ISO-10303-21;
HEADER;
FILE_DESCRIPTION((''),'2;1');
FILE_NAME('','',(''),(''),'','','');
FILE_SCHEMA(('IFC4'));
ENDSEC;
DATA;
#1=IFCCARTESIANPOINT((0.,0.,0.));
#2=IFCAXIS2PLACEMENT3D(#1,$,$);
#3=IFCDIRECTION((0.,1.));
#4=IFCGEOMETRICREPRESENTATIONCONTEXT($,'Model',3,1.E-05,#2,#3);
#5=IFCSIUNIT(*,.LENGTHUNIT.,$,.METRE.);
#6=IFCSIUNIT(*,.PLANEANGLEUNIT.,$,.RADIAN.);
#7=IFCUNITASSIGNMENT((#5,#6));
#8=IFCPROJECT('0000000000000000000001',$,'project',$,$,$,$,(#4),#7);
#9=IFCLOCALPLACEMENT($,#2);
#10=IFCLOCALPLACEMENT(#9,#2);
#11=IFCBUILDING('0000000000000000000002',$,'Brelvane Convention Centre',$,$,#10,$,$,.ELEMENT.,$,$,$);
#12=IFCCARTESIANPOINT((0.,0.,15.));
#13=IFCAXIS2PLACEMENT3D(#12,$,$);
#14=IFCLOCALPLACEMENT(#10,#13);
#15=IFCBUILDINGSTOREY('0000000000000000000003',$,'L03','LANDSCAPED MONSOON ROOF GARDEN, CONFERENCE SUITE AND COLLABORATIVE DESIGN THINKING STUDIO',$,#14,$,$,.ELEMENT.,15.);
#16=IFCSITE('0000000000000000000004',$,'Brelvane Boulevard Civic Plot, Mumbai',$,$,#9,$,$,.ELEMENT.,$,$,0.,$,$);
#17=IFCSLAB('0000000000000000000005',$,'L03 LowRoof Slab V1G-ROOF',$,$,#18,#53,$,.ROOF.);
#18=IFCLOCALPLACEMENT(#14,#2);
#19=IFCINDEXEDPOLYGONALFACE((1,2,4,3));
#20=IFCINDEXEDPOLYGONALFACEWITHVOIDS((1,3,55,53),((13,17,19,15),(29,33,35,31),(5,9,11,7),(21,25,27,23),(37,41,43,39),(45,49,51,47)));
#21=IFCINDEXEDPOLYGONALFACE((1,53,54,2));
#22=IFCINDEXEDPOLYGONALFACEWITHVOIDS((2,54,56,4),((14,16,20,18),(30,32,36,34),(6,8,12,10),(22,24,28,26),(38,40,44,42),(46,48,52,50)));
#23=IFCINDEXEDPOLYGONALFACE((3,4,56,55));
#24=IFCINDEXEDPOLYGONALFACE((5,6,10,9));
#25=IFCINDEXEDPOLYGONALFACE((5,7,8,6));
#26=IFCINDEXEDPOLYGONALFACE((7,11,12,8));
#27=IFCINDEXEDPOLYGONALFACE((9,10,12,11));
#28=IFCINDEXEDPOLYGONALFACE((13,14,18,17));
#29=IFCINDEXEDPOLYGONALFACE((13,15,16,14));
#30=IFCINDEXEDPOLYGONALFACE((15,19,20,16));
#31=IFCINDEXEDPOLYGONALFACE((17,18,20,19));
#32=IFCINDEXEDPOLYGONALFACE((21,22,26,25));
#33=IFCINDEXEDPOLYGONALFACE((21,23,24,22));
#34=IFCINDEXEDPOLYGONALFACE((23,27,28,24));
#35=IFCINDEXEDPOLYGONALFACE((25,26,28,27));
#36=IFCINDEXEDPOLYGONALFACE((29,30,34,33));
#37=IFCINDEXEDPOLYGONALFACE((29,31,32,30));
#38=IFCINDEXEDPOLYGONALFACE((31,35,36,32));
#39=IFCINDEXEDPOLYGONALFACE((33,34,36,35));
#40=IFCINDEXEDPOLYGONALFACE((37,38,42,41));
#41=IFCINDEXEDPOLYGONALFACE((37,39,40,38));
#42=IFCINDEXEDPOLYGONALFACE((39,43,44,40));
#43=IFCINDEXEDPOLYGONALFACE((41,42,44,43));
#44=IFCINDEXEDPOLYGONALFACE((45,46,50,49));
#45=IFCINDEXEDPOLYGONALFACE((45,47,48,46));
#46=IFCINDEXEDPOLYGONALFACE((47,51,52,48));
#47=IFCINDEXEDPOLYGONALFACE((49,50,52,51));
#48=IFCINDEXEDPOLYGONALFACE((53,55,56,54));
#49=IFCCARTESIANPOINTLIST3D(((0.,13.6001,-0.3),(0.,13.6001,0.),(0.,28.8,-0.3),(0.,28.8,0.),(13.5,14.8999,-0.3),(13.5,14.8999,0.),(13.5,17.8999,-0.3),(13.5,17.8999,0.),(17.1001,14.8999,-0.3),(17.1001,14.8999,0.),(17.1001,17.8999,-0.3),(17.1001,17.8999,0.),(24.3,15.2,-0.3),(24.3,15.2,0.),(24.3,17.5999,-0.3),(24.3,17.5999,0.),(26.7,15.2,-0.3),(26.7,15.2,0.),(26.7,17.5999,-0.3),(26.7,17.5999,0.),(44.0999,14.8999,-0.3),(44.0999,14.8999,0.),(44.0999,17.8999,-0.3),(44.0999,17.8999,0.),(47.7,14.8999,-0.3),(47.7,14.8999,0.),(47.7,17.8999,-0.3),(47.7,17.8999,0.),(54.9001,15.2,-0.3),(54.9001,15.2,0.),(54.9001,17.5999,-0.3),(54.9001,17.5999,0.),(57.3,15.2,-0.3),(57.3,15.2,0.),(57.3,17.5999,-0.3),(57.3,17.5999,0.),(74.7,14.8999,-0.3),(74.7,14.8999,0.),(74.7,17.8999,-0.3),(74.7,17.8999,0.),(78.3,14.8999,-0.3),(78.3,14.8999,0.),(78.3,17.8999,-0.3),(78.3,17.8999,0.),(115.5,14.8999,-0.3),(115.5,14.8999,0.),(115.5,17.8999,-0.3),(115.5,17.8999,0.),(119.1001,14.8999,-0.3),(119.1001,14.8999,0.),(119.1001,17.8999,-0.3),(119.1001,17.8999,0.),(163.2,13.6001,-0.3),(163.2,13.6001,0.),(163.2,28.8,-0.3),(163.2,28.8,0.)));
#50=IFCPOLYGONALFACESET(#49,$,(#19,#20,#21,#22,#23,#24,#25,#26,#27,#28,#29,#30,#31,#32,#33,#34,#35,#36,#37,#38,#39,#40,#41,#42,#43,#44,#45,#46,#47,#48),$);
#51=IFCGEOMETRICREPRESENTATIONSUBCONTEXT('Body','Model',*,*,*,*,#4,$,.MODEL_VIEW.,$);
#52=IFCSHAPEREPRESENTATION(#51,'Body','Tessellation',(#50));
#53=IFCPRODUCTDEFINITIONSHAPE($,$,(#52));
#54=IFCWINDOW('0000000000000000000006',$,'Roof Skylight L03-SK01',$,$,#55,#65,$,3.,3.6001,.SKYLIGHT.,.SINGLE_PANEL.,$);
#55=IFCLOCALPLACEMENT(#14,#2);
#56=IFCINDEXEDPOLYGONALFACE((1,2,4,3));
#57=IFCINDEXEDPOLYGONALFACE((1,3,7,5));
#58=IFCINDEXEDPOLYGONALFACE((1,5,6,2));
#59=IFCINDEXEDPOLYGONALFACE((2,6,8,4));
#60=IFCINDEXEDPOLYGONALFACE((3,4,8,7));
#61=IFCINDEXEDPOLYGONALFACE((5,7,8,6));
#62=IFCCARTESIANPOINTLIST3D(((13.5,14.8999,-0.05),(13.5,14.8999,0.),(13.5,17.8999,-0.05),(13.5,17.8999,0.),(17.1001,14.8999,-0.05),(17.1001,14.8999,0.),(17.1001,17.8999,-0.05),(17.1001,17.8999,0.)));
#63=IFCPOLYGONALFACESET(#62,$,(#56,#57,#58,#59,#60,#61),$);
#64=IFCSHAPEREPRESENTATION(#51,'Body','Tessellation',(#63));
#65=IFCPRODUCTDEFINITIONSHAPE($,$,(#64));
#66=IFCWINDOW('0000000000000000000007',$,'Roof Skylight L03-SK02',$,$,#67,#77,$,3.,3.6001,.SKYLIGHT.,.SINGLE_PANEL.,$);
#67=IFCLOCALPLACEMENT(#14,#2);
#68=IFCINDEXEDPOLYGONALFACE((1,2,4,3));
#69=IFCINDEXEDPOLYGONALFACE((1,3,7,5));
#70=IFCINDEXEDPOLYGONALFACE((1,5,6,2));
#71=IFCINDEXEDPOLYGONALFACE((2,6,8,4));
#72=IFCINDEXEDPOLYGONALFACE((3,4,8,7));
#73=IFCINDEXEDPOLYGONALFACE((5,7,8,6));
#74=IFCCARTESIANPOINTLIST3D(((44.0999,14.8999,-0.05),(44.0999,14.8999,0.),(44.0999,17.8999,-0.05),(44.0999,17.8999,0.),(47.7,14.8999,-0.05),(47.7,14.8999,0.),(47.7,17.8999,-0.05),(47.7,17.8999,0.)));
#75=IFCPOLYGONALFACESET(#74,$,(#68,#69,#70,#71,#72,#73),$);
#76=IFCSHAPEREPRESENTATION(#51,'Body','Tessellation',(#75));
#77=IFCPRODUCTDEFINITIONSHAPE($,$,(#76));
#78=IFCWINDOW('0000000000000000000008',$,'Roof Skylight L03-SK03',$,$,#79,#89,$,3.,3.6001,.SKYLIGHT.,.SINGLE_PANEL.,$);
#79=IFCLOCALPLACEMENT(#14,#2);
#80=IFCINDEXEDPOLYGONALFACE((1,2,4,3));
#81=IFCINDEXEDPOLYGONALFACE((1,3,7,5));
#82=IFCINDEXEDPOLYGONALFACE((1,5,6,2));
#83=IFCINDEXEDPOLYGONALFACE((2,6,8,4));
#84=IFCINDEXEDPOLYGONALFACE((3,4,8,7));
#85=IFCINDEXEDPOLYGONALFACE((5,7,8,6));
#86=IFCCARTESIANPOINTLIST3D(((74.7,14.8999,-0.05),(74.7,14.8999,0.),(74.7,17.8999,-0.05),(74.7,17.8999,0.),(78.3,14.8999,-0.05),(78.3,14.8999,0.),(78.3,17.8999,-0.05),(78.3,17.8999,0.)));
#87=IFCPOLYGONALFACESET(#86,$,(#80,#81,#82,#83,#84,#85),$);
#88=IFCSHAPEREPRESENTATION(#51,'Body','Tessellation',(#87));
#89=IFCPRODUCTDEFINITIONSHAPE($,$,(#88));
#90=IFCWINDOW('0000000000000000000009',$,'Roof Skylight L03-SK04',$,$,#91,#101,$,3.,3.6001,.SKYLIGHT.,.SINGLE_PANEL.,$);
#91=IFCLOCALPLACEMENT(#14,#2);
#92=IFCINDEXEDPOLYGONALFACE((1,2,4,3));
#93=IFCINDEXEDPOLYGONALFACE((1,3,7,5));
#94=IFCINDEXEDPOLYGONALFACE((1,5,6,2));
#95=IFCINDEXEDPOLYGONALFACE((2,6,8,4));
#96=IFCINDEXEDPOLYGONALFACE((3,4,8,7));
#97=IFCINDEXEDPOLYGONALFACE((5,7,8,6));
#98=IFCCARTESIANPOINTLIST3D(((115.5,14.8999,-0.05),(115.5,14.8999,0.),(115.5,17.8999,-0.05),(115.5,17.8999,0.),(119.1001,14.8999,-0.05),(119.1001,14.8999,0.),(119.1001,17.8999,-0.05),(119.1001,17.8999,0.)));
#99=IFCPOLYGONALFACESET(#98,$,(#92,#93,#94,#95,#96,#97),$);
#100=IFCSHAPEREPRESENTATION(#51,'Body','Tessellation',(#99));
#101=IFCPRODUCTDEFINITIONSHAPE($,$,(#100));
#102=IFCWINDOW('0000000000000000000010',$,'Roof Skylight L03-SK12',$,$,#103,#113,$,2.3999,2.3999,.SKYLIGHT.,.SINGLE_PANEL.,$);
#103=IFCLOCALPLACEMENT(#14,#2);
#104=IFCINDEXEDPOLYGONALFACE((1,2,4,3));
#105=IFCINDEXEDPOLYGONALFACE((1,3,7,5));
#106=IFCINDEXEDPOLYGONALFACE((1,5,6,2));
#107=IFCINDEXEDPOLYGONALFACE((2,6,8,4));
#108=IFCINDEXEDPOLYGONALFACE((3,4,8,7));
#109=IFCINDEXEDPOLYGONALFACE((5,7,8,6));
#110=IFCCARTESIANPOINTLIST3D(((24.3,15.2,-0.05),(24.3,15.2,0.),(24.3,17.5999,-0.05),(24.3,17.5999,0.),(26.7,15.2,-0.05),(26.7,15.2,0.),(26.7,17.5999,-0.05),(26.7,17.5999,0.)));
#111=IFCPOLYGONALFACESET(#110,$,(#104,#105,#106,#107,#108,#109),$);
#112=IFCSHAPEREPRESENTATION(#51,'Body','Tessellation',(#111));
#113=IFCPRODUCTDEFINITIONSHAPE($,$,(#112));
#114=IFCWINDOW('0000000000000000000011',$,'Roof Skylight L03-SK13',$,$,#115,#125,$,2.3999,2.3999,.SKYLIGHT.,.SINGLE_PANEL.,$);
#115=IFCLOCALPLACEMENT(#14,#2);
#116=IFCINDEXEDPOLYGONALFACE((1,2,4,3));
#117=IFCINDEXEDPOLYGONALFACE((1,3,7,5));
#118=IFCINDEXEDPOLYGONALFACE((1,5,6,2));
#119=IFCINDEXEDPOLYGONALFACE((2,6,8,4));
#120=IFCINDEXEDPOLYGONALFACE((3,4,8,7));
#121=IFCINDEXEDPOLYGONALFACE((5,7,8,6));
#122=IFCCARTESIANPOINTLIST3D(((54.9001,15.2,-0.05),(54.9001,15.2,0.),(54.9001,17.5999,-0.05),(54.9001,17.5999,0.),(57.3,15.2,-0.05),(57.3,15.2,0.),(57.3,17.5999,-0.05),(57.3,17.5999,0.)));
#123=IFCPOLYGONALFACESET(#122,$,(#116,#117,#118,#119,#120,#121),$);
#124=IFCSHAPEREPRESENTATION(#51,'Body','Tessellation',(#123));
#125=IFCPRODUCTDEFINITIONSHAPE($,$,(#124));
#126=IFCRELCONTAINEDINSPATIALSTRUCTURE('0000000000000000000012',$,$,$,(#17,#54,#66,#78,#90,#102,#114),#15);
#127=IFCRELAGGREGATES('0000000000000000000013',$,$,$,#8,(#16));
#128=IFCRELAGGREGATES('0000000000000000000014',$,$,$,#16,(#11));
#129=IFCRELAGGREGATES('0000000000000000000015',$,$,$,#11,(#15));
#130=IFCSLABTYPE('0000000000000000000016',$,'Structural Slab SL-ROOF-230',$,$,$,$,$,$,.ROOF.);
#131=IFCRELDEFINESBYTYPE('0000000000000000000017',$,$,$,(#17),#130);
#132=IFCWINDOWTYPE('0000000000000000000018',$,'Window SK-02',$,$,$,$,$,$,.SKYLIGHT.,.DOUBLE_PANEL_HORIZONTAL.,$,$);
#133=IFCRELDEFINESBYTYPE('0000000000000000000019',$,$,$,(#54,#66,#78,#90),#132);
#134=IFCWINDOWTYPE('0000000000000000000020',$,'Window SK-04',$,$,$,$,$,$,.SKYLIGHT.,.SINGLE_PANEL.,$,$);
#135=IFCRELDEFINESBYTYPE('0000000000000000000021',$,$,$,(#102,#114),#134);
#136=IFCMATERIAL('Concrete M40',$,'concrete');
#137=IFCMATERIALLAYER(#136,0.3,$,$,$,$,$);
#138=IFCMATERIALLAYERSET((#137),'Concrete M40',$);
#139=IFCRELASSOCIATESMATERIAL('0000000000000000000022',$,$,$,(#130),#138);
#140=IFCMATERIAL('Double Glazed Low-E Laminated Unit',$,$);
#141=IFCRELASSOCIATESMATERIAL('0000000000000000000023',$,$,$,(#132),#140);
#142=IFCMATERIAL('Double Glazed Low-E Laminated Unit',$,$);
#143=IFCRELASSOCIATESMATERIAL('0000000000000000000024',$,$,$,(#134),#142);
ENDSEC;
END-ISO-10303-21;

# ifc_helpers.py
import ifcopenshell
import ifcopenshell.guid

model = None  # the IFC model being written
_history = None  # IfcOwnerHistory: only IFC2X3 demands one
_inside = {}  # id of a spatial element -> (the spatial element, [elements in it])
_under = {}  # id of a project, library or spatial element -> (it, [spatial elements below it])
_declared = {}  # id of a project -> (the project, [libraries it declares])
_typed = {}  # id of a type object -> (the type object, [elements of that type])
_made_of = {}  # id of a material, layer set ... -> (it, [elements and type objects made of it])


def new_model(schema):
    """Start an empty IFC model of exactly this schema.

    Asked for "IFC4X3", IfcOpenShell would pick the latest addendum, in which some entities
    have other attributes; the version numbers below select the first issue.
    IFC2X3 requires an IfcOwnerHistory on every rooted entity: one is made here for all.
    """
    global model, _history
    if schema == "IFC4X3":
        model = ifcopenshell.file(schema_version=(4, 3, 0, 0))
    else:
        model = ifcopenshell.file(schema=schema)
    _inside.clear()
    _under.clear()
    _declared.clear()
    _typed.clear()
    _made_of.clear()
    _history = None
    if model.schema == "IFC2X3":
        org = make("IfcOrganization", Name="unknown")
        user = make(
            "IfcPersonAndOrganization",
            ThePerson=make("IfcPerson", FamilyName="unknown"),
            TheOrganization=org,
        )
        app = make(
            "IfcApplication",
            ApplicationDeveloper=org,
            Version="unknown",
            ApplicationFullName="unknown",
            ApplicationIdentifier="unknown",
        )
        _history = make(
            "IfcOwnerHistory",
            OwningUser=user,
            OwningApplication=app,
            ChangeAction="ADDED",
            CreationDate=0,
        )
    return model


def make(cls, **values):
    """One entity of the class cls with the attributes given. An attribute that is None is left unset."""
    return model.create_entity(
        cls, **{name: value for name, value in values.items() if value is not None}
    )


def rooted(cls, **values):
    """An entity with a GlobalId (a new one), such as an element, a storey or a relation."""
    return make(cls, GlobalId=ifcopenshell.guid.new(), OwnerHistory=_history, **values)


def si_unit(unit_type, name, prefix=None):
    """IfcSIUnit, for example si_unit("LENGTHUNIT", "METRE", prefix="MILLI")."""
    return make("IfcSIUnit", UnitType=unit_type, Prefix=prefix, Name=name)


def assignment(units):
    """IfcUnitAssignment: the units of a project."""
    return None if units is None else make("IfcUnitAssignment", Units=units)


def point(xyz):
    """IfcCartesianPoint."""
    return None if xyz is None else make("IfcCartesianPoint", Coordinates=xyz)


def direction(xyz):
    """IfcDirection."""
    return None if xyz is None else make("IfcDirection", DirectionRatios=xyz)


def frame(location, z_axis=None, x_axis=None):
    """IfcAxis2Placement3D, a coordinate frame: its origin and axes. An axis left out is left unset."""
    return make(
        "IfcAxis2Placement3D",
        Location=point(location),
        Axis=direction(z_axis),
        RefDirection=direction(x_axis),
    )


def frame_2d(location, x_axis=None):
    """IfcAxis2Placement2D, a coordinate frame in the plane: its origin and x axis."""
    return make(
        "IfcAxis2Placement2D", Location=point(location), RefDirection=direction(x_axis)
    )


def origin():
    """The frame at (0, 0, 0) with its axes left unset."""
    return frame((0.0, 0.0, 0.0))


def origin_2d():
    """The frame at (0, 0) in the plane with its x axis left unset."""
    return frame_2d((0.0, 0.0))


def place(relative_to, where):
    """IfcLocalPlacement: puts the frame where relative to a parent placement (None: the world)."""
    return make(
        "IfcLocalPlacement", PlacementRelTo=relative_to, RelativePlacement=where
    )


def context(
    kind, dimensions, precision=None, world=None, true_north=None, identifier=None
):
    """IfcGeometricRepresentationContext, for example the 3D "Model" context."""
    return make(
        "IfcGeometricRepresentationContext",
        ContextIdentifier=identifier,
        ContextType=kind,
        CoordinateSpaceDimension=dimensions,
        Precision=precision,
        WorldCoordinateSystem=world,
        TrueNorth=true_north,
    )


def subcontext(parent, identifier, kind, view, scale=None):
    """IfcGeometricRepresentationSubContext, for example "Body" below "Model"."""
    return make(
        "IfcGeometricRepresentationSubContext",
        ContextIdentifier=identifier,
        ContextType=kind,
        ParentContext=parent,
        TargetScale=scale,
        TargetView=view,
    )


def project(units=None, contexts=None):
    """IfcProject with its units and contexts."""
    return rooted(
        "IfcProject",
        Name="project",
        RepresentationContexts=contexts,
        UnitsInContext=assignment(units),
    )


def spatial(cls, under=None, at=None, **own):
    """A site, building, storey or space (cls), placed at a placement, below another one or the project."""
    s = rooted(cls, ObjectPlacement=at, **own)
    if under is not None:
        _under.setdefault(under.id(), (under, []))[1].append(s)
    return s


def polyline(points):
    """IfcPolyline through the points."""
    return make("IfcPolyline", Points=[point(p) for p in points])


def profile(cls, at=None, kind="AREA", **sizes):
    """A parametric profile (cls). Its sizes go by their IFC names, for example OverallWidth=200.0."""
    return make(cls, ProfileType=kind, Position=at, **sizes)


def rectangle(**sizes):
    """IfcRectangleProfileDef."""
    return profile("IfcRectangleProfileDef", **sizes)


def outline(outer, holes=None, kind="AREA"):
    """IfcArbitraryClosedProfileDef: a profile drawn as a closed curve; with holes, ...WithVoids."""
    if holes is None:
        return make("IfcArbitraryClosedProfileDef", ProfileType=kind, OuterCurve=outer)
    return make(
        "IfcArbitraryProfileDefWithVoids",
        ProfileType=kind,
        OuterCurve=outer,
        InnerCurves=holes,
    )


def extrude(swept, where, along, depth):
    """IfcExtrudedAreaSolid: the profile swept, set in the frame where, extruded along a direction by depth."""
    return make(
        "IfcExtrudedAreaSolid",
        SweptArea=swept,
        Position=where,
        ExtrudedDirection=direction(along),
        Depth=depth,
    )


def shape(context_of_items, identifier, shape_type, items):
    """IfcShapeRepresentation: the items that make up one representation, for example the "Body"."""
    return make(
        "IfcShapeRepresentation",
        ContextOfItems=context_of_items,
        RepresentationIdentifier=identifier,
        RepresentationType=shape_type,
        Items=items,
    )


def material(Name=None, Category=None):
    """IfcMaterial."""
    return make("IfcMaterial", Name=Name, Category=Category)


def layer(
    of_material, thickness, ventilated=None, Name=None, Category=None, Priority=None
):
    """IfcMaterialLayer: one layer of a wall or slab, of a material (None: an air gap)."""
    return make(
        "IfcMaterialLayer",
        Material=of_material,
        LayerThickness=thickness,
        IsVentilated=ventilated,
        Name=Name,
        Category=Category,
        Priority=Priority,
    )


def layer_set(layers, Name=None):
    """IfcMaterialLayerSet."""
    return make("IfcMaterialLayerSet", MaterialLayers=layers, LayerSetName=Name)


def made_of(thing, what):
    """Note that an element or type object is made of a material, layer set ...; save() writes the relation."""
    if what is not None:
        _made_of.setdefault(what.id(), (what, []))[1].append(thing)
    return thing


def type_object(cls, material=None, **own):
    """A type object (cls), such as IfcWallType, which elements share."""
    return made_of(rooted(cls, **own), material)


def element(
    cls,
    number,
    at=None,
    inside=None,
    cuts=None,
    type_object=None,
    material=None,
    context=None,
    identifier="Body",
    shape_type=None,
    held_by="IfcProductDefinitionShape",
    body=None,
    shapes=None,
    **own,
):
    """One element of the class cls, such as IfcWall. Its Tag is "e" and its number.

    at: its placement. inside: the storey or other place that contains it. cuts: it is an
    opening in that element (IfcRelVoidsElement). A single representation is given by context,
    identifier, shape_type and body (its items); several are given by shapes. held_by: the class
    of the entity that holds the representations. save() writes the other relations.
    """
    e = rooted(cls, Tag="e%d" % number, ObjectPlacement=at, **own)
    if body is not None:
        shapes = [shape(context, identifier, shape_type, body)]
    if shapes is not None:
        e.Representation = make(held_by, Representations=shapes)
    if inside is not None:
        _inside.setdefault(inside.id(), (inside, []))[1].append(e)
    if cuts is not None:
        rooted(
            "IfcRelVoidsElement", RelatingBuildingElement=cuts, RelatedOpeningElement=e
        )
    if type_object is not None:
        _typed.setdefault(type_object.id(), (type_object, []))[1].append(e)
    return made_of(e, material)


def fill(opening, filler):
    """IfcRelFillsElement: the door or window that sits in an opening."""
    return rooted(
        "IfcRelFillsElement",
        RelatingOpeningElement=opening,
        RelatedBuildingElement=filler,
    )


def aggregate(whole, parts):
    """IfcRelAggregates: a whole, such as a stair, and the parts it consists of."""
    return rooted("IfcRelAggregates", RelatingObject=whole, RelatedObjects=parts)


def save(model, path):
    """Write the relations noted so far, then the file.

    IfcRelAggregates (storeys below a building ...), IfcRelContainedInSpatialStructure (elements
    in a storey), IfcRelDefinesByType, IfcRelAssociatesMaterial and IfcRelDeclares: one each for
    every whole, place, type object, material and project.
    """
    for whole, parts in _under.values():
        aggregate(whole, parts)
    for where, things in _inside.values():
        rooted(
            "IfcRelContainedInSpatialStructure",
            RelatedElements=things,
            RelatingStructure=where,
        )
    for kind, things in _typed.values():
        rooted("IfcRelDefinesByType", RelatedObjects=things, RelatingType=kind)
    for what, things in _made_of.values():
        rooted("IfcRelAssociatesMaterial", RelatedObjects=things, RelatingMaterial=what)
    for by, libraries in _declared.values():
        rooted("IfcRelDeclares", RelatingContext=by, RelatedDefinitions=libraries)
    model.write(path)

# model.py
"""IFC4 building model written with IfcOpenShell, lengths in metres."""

from ifc_helpers import new_model, si_unit, direction, frame, origin, origin_2d, place, context, subcontext, project, spatial, polyline, rectangle, outline, extrude, material, layer, layer_set, type_object, element, fill, save


model = new_model("IFC4")

# Units and contexts
model_context = context("Model", 3, precision=1e-05, world=origin(), true_north=direction((0.0, 1.0)))
body_context = subcontext(model_context, "Body", "Model", "MODEL_VIEW")
ifc_project = project(units=[si_unit("LENGTHUNIT", "METRE"), si_unit("PLANEANGLEUNIT", "RADIAN")], contexts=[model_context])

# Site, building, storey
site_placement = place(None, origin())
site = spatial("IfcSite", under=ifc_project, at=site_placement, Name="Brelvane Boulevard Civic Plot, Mumbai", CompositionType="ELEMENT", RefElevation=0.0)
building_placement = place(site_placement, origin())
building = spatial("IfcBuilding", under=site, at=building_placement, Name="Brelvane Convention Centre", CompositionType="ELEMENT")
storey_placement = place(building_placement, frame((0.0, 0.0, 15.0)))
storey = spatial("IfcBuildingStorey", under=building, at=storey_placement, Name="L03", Description="LANDSCAPED MONSOON ROOF GARDEN, CONFERENCE SUITE AND COLLABORATIVE DESIGN THINKING STUDIO", CompositionType="ELEMENT", Elevation=15.0)

# Slab, openings, windows
ifc_material_1 = material(Name="Concrete M40", Category="concrete")
ifc_layer_1 = layer(ifc_material_1, 0.3)
ifc_layer_set_1 = layer_set([ifc_layer_1], Name="Concrete M40")
slab_type_1 = type_object("IfcSlabType", Name="Structural Slab SL-ROOF-230", PredefinedType="ROOF", material=ifc_layer_set_1)
slab_1_placement = place(storey_placement, frame((0.0, 0.0, -0.3)))
slab_1 = element("IfcSlab", 1, at=slab_1_placement, inside=storey, type_object=slab_type_1, Name="L03 LowRoof Slab V1G-ROOF", PredefinedType="ROOF", context=body_context, shape_type="SweptSolid", body=[
    extrude(outline(polyline([(0.0, 13.6001), (163.2, 13.6001), (163.2, 28.8), (0.0, 28.8), (0.0, 13.6001)])), origin(), (0.0, 0.0, 1.0), 0.3),
])
opening_1_placement = place(slab_1_placement, frame((15.3, 16.3999, 0.0)))
opening_1 = element("IfcOpeningElement", 2, at=opening_1_placement, cuts=slab_1, PredefinedType="OPENING", context=body_context, shape_type="SweptSolid", body=[
    extrude(rectangle(XDim=3.6001, YDim=3.0, at=origin_2d()), origin(), (0.0, 0.0, 1.0), 0.3),
])
opening_2_placement = place(slab_1_placement, frame((45.8999, 16.3999, 0.0)))
opening_2 = element("IfcOpeningElement", 3, at=opening_2_placement, cuts=slab_1, PredefinedType="OPENING", context=body_context, shape_type="SweptSolid", body=[
    extrude(rectangle(XDim=3.6001, YDim=3.0, at=origin_2d()), origin(), (0.0, 0.0, 1.0), 0.3),
])
opening_3_placement = place(slab_1_placement, frame((76.5, 16.3999, 0.0)))
opening_3 = element("IfcOpeningElement", 4, at=opening_3_placement, cuts=slab_1, PredefinedType="OPENING", context=body_context, shape_type="SweptSolid", body=[
    extrude(rectangle(XDim=3.6001, YDim=3.0, at=origin_2d()), origin(), (0.0, 0.0, 1.0), 0.3),
])
opening_4_placement = place(slab_1_placement, frame((117.3, 16.3999, 0.0)))
opening_4 = element("IfcOpeningElement", 5, at=opening_4_placement, cuts=slab_1, PredefinedType="OPENING", context=body_context, shape_type="SweptSolid", body=[
    extrude(rectangle(XDim=3.6001, YDim=3.0, at=origin_2d()), origin(), (0.0, 0.0, 1.0), 0.3),
])
opening_5_placement = place(slab_1_placement, frame((25.5, 16.3999, 0.0)))
opening_5 = element("IfcOpeningElement", 6, at=opening_5_placement, cuts=slab_1, PredefinedType="OPENING", context=body_context, shape_type="SweptSolid", body=[
    extrude(rectangle(XDim=2.3999, YDim=2.3999, at=origin_2d()), origin(), (0.0, 0.0, 1.0), 0.3),
])
opening_6_placement = place(slab_1_placement, frame((56.1001, 16.3999, 0.0)))
opening_6 = element("IfcOpeningElement", 7, at=opening_6_placement, cuts=slab_1, PredefinedType="OPENING", context=body_context, shape_type="SweptSolid", body=[
    extrude(rectangle(XDim=2.3999, YDim=2.3999, at=origin_2d()), origin(), (0.0, 0.0, 1.0), 0.3),
])
ifc_material_2 = material(Name="Double Glazed Low-E Laminated Unit")
window_type_1 = type_object("IfcWindowType", Name="Window SK-02", PartitioningType="DOUBLE_PANEL_HORIZONTAL", PredefinedType="SKYLIGHT", material=ifc_material_2)
window_1_placement = place(opening_1_placement, frame((0.0, 0.0, 0.25)))
window_1 = element("IfcWindow", 8, at=window_1_placement, inside=storey, type_object=window_type_1, Name="Roof Skylight L03-SK01", OverallHeight=3.0, OverallWidth=3.6001, PartitioningType="SINGLE_PANEL", PredefinedType="SKYLIGHT", context=body_context, shape_type="SweptSolid", body=[
    extrude(rectangle(XDim=3.6001, YDim=3.0, at=origin_2d()), origin(), (0.0, 0.0, 1.0), 0.05),
])
fill(opening_1, window_1)
window_2_placement = place(opening_2_placement, frame((0.0, 0.0, 0.25)))
window_2 = element("IfcWindow", 9, at=window_2_placement, inside=storey, type_object=window_type_1, Name="Roof Skylight L03-SK02", OverallHeight=3.0, OverallWidth=3.6001, PartitioningType="SINGLE_PANEL", PredefinedType="SKYLIGHT", context=body_context, shape_type="SweptSolid", body=[
    extrude(rectangle(XDim=3.6001, YDim=3.0, at=origin_2d()), origin(), (0.0, 0.0, 1.0), 0.05),
])
fill(opening_2, window_2)
window_3_placement = place(opening_3_placement, frame((0.0, 0.0, 0.25)))
window_3 = element("IfcWindow", 10, at=window_3_placement, inside=storey, type_object=window_type_1, Name="Roof Skylight L03-SK03", OverallHeight=3.0, OverallWidth=3.6001, PartitioningType="SINGLE_PANEL", PredefinedType="SKYLIGHT", context=body_context, shape_type="SweptSolid", body=[
    extrude(rectangle(XDim=3.6001, YDim=3.0, at=origin_2d()), origin(), (0.0, 0.0, 1.0), 0.05),
])
fill(opening_3, window_3)
window_4_placement = place(opening_4_placement, frame((0.0, 0.0, 0.25)))
window_4 = element("IfcWindow", 11, at=window_4_placement, inside=storey, type_object=window_type_1, Name="Roof Skylight L03-SK04", OverallHeight=3.0, OverallWidth=3.6001, PartitioningType="SINGLE_PANEL", PredefinedType="SKYLIGHT", context=body_context, shape_type="SweptSolid", body=[
    extrude(rectangle(XDim=3.6001, YDim=3.0, at=origin_2d()), origin(), (0.0, 0.0, 1.0), 0.05),
])
fill(opening_4, window_4)
ifc_material_3 = material(Name="Double Glazed Low-E Laminated Unit")
window_type_2 = type_object("IfcWindowType", Name="Window SK-04", PartitioningType="SINGLE_PANEL", PredefinedType="SKYLIGHT", material=ifc_material_3)
window_5_placement = place(opening_5_placement, frame((0.0, 0.0, 0.25)))
window_5 = element("IfcWindow", 12, at=window_5_placement, inside=storey, type_object=window_type_2, Name="Roof Skylight L03-SK12", OverallHeight=2.3999, OverallWidth=2.3999, PartitioningType="SINGLE_PANEL", PredefinedType="SKYLIGHT", context=body_context, shape_type="SweptSolid", body=[
    extrude(rectangle(XDim=2.3999, YDim=2.3999, at=origin_2d()), origin(), (0.0, 0.0, 1.0), 0.05),
])
fill(opening_5, window_5)
window_6_placement = place(opening_6_placement, frame((0.0, 0.0, 0.25)))
window_6 = element("IfcWindow", 13, at=window_6_placement, inside=storey, type_object=window_type_2, Name="Roof Skylight L03-SK13", OverallHeight=2.3999, OverallWidth=2.3999, PartitioningType="SINGLE_PANEL", PredefinedType="SKYLIGHT", context=body_context, shape_type="SweptSolid", body=[
    extrude(rectangle(XDim=2.3999, YDim=2.3999, at=origin_2d()), origin(), (0.0, 0.0, 1.0), 0.05),
])
fill(opening_6, window_6)

save(model, "model.ifc")
